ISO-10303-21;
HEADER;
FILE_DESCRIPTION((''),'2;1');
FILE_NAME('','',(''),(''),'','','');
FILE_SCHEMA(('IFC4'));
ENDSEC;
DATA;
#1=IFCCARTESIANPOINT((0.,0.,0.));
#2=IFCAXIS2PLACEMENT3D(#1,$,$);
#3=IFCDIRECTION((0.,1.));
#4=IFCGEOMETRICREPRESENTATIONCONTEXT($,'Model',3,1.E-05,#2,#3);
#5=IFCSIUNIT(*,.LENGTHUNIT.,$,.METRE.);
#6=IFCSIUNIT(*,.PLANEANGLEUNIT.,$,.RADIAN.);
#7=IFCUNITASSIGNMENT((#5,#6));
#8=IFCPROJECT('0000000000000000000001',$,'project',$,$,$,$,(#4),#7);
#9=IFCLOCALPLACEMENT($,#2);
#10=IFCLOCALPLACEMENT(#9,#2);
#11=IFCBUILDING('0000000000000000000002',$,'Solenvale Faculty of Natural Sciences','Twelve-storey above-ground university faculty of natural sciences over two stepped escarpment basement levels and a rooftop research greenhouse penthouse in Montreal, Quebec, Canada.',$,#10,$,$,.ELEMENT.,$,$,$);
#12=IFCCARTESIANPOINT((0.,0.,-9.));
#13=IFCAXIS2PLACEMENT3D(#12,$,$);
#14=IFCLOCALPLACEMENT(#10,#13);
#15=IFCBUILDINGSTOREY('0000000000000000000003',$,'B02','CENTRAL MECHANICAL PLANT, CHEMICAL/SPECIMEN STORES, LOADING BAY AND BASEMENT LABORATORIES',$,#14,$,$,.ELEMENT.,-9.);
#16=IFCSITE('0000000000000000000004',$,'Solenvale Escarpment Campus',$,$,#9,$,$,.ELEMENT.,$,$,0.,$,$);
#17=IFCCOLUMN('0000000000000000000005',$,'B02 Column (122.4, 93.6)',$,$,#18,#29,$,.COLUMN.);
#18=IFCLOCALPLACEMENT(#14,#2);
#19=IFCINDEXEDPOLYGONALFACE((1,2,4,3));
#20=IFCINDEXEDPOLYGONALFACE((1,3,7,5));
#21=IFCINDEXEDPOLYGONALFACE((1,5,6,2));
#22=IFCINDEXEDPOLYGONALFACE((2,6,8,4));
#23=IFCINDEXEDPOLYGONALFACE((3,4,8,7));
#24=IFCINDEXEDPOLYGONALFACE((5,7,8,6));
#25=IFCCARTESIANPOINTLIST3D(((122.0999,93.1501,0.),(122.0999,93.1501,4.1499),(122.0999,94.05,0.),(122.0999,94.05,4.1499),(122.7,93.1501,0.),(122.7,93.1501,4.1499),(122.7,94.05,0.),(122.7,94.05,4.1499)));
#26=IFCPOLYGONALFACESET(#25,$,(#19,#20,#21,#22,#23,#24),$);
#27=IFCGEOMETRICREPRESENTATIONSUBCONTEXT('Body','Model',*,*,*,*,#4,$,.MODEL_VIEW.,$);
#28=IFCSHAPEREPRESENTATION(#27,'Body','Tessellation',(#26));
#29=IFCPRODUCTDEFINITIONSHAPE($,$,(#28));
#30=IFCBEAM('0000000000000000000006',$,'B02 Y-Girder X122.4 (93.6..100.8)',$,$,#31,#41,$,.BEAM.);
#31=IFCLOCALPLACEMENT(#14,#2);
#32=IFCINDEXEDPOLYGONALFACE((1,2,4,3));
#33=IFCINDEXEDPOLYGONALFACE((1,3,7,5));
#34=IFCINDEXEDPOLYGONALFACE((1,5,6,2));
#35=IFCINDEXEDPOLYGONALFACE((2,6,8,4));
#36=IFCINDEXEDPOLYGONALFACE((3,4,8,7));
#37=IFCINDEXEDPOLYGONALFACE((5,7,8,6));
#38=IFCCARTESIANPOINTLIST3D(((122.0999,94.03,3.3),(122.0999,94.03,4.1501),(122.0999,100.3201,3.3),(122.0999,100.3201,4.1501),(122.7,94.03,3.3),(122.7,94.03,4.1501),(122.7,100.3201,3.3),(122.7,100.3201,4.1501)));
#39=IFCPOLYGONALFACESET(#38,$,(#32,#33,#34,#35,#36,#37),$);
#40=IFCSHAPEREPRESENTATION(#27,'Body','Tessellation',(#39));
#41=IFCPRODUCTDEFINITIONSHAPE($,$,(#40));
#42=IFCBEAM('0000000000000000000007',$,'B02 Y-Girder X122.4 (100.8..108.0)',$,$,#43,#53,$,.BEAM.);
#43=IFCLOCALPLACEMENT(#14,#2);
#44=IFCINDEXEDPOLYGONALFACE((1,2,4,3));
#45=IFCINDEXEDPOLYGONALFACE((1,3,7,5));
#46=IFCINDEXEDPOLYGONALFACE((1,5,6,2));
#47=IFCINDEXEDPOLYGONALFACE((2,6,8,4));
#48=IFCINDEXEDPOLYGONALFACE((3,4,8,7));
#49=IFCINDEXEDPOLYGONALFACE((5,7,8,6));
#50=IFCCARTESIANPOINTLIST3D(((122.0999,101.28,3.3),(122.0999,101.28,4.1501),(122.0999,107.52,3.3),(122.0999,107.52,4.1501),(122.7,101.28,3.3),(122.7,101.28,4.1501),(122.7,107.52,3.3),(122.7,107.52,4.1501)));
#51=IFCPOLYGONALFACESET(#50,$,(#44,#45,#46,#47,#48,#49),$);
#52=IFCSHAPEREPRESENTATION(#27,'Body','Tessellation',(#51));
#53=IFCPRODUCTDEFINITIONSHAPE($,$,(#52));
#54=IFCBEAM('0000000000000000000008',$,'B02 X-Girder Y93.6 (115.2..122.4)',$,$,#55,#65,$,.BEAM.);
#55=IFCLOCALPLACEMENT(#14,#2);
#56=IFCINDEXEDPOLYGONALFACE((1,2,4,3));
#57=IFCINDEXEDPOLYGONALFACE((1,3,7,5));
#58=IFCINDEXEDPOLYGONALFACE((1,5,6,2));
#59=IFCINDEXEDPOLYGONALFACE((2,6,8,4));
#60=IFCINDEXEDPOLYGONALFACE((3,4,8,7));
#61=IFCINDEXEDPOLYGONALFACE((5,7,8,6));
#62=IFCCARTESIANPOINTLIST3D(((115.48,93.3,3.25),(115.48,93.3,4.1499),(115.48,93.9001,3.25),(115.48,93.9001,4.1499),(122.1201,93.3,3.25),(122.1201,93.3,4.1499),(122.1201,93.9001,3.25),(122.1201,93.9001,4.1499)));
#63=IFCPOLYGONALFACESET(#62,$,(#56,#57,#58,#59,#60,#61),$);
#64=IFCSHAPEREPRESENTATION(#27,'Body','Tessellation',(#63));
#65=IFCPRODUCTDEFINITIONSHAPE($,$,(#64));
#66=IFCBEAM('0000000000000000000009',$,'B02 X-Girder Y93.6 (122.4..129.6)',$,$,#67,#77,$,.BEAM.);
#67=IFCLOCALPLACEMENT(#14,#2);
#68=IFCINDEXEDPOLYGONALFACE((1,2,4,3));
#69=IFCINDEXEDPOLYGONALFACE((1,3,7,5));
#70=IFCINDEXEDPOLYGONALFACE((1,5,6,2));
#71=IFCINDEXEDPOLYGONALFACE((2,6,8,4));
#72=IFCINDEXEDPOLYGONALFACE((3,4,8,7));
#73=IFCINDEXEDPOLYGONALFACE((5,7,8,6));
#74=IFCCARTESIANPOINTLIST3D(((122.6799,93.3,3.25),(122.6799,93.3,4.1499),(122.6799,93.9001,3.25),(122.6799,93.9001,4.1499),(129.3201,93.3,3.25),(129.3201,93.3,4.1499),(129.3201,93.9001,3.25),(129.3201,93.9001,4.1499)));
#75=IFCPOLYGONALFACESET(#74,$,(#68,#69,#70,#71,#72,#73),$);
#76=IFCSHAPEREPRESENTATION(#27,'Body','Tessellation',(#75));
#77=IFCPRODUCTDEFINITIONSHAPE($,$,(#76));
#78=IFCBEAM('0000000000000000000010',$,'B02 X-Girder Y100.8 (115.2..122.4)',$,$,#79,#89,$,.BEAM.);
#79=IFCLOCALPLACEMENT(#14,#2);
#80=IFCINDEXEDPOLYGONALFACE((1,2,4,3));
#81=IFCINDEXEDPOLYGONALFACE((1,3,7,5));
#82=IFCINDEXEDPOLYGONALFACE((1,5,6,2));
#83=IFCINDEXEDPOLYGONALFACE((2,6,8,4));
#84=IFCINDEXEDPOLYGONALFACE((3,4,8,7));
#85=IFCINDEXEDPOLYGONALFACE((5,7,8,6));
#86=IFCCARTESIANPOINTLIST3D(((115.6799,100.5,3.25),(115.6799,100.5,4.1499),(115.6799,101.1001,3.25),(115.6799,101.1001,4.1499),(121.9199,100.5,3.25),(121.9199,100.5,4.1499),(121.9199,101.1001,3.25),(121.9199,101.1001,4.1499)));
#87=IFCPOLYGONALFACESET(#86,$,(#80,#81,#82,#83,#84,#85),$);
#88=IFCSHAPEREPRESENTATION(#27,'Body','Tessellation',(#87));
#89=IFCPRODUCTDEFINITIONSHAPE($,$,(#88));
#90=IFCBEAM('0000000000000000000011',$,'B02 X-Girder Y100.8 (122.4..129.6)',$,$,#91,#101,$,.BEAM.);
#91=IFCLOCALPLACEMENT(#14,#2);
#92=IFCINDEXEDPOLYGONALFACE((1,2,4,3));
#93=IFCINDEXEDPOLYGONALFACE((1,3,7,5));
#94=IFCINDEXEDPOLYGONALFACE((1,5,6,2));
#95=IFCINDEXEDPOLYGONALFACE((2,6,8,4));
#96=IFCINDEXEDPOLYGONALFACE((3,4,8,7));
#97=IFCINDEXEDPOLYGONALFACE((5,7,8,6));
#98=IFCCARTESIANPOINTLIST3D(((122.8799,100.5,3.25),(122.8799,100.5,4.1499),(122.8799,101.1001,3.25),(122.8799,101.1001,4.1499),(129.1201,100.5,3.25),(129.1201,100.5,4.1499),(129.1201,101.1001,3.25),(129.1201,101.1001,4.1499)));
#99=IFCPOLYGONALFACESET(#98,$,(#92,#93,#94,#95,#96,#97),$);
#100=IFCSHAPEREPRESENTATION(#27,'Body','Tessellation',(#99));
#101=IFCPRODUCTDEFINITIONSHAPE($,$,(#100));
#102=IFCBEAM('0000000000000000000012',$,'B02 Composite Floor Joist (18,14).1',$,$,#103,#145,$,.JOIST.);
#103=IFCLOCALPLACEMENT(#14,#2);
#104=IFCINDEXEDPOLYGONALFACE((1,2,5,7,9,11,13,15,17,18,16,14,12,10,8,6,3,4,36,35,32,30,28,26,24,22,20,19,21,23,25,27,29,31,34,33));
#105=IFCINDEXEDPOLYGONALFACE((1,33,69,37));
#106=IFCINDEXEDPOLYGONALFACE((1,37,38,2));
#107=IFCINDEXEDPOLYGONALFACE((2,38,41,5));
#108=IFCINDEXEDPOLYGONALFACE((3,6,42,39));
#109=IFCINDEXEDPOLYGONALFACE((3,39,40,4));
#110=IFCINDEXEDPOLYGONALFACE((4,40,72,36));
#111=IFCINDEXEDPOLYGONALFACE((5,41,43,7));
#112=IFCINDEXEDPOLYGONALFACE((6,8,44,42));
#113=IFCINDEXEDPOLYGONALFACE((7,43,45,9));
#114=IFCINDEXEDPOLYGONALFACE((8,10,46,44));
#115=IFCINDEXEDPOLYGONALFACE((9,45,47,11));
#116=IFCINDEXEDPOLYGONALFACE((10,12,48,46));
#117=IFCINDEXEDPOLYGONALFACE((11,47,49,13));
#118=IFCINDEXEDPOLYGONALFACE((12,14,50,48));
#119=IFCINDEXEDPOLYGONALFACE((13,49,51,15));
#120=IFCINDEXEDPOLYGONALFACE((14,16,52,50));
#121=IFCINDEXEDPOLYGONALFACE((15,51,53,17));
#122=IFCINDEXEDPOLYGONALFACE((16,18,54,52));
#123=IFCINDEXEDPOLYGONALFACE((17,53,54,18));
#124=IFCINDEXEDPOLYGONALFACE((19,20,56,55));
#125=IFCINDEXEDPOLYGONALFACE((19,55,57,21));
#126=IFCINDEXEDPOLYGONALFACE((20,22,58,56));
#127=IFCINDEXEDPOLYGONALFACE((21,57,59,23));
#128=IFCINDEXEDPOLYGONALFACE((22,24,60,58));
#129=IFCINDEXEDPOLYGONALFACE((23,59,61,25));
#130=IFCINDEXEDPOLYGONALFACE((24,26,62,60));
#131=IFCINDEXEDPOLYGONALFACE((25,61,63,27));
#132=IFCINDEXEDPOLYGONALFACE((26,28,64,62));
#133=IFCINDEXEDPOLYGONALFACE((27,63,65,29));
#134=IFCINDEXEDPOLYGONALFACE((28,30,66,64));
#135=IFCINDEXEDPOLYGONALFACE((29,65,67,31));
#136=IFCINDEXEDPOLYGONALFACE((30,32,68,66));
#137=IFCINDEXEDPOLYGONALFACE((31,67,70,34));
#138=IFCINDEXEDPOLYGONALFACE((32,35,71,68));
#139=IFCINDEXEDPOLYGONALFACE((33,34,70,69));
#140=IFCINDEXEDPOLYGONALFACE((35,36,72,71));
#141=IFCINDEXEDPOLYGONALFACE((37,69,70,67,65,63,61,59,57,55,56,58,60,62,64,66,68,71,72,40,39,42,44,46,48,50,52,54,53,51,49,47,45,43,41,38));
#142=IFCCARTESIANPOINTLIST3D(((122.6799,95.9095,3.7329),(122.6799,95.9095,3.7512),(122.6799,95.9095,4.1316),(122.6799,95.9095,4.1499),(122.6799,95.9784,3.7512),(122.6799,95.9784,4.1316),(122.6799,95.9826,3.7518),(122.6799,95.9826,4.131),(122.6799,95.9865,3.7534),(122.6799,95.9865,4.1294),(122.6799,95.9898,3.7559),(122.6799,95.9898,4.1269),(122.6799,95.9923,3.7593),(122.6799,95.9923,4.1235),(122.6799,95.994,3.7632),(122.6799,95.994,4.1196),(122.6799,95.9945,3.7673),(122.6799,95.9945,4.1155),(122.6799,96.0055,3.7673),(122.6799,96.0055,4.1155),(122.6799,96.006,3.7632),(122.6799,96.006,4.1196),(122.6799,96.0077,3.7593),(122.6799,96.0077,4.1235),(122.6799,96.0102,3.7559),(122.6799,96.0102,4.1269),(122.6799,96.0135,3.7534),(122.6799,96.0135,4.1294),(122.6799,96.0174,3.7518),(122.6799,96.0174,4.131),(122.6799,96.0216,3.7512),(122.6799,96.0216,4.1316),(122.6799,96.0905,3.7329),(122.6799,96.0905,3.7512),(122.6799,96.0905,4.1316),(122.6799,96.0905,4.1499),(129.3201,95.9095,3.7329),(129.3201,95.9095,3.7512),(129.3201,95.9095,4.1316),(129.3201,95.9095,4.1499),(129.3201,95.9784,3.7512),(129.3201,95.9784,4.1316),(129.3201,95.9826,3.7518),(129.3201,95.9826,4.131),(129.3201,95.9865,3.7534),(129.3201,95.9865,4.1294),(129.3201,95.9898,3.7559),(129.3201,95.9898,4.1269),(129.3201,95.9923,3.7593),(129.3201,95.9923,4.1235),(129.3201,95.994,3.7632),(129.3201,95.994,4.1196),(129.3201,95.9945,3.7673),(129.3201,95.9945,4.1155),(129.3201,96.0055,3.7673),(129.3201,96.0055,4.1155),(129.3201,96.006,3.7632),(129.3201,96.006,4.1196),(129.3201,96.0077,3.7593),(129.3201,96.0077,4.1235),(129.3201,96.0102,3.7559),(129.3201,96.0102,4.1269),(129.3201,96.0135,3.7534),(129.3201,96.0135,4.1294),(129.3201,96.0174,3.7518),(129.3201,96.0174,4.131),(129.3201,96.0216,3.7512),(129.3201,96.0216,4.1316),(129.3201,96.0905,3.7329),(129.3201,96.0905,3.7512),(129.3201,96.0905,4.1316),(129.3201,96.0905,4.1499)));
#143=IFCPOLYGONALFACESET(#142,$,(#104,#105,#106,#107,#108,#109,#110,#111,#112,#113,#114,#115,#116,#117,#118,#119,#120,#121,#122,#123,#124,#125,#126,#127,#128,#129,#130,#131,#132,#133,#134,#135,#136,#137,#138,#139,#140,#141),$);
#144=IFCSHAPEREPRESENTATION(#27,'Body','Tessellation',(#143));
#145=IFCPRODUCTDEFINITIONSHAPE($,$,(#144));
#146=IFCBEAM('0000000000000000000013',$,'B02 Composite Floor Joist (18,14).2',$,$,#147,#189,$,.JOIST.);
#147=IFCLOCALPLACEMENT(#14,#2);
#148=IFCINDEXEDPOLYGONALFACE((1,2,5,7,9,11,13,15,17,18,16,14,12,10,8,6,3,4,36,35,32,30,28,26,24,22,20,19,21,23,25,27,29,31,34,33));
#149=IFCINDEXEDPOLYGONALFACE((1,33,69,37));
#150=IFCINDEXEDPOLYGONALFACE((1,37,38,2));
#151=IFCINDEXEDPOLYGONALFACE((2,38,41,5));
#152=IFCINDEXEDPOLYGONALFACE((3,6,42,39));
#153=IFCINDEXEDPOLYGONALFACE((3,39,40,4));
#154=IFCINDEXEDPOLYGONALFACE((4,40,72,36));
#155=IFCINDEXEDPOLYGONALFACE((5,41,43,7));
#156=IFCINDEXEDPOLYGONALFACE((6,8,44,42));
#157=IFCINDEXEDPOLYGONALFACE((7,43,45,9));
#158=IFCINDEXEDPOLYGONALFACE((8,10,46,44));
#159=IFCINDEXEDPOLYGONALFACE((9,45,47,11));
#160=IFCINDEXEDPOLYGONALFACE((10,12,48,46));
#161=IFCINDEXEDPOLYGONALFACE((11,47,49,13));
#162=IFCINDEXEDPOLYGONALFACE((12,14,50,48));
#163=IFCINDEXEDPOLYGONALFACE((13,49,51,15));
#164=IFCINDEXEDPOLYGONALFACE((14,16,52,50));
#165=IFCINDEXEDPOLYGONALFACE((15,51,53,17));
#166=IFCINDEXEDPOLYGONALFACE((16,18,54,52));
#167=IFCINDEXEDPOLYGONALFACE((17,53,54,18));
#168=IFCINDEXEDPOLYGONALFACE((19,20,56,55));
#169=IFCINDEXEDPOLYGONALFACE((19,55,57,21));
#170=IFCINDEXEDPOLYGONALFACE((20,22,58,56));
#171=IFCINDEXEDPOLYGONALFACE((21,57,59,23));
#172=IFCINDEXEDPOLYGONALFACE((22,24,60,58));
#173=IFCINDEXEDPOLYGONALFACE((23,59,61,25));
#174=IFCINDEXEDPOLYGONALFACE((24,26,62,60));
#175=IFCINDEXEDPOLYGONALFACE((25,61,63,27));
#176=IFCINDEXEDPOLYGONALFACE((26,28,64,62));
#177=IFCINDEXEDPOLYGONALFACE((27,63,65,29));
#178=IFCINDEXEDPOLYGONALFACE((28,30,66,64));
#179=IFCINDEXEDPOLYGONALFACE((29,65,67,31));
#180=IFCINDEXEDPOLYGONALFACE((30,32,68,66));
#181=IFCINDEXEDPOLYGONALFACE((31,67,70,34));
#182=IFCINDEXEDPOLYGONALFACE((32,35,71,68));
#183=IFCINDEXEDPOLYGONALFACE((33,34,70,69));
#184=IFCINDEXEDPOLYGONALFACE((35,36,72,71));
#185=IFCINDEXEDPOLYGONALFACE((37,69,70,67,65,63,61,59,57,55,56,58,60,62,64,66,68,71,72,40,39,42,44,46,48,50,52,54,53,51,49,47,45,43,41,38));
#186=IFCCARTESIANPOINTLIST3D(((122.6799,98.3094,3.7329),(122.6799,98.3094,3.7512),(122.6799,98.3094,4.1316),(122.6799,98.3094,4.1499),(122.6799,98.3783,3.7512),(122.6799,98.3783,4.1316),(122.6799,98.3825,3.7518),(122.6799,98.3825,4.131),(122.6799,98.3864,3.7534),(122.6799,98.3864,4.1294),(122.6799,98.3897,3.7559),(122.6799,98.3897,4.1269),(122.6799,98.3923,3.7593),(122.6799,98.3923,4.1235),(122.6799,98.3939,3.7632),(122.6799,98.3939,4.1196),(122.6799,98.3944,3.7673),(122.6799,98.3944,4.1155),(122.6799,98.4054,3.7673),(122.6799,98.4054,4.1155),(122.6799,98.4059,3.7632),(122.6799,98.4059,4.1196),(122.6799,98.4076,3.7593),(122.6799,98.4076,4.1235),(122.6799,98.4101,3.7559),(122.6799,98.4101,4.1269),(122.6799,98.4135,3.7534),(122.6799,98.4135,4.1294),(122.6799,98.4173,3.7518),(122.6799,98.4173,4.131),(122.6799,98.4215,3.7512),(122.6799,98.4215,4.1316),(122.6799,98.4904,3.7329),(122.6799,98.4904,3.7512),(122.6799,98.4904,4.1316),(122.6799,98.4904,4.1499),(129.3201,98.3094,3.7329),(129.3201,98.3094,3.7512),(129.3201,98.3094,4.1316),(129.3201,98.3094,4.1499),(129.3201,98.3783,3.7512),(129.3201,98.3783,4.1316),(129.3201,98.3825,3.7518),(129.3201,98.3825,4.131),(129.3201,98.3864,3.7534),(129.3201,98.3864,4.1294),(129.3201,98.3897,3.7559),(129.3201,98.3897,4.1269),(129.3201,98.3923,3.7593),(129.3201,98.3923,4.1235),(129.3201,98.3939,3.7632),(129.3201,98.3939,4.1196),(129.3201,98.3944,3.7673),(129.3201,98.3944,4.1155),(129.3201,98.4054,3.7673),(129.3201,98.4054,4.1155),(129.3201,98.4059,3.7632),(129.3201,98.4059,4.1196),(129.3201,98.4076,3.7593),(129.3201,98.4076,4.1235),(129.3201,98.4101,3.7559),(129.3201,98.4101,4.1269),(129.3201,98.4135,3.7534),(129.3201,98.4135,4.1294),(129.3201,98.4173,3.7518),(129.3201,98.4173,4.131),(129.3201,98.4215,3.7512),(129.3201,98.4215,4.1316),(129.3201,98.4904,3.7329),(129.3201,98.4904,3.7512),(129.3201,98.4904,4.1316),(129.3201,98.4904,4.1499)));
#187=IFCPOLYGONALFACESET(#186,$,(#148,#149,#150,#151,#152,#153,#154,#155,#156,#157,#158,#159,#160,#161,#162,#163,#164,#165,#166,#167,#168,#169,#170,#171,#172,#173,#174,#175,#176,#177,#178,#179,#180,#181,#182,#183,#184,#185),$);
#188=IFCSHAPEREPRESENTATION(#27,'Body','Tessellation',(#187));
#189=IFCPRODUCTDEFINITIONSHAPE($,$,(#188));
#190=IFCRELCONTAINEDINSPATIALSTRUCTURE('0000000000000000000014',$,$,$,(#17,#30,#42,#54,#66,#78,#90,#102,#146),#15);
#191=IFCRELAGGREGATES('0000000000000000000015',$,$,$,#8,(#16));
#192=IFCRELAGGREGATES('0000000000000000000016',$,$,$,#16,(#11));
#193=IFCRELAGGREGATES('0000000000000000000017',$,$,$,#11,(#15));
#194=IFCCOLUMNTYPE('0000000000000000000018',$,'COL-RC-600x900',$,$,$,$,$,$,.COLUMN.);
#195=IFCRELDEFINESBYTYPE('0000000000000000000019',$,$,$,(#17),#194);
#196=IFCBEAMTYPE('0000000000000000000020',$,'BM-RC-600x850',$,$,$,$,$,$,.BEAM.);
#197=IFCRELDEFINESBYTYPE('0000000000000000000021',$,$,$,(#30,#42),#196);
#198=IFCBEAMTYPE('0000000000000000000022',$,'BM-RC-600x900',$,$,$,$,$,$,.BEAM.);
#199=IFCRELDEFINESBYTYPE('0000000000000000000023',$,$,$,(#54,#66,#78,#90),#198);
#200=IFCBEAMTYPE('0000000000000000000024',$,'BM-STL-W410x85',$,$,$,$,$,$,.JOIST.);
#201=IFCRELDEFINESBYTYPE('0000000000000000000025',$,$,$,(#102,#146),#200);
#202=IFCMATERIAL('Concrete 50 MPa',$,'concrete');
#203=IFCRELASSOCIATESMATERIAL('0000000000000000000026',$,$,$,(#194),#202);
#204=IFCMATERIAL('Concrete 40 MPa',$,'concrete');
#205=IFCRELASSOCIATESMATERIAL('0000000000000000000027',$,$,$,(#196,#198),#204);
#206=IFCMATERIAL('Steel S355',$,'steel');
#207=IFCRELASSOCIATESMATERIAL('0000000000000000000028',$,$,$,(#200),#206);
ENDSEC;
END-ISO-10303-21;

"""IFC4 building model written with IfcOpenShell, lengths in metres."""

from ifc_helpers import new_model, si_unit, direction, frame, origin, origin_2d, place, context, subcontext, project, spatial, rectangle, i_section, extrude, material, material_profile, profile_set, type_object, element, save


model = new_model("IFC4")

# Units and contexts
model_context = context("Model", 3, precision=1e-05, world=origin(), true_north=direction((0.0, 1.0)))
body_context = subcontext(model_context, "Body", "Model", "MODEL_VIEW")
ifc_project = project(units=[si_unit("LENGTHUNIT", "METRE"), si_unit("PLANEANGLEUNIT", "RADIAN")], contexts=[model_context])

# Site, building, storey
site_placement = place(None, origin())
site = spatial("IfcSite", under=ifc_project, at=site_placement, Name="Solenvale Escarpment Campus", CompositionType="ELEMENT", RefElevation=0.0)
building_placement = place(site_placement, origin())
building = spatial("IfcBuilding", under=site, at=building_placement, Name="Solenvale Faculty of Natural Sciences", Description="Twelve-storey above-ground university faculty of natural sciences over two stepped escarpment basement levels and a rooftop research greenhouse penthouse in Montreal, Quebec, Canada.", CompositionType="ELEMENT")
storey_placement = place(building_placement, frame((0.0, 0.0, -9.0)))
storey = spatial("IfcBuildingStorey", under=building, at=storey_placement, Name="B02", Description="CENTRAL MECHANICAL PLANT, CHEMICAL/SPECIMEN STORES, LOADING BAY AND BASEMENT LABORATORIES", CompositionType="ELEMENT", Elevation=-9.0)

# Shared definitions
ifc_material_1 = material(Name="Concrete 40 MPa", Category="concrete")

# Column
ifc_material_2 = material(Name="Concrete 50 MPa", Category="concrete")
ifc_material_profile_1 = material_profile(ifc_material_2, rectangle(XDim=0.6001, YDim=0.8999, at=origin_2d()), Name="RC-COL-600x900")
ifc_profile_set_1 = profile_set([ifc_material_profile_1], Name="Concrete 50 MPa")
column_type_1 = type_object("IfcColumnType", Name="COL-RC-600x900", PredefinedType="COLUMN", material=ifc_profile_set_1)
column_1_placement = place(storey_placement, frame((122.3999, 93.6001, 0.0), z_axis=(0.0, 0.0, 1.0), x_axis=(1.0, 0.0, 0.0)))
element("IfcColumn", 1, at=column_1_placement, inside=storey, type_object=column_type_1, Name="B02 Column (122.4, 93.6)", PredefinedType="COLUMN", context=body_context, shape_type="SweptSolid", body=[
    extrude(rectangle(XDim=0.6001, YDim=0.8999, at=origin_2d()), origin(), (0.0, 0.0, 1.0), 4.1499),
])

# Beams
ifc_material_profile_2 = material_profile(ifc_material_1, rectangle(XDim=0.6001, YDim=0.8501, at=origin_2d()), Name="RC-BM-600x850")
ifc_profile_set_2 = profile_set([ifc_material_profile_2], Name="Concrete 40 MPa")
beam_type_1 = type_object("IfcBeamType", Name="BM-RC-600x850", PredefinedType="BEAM", material=ifc_profile_set_2)
beam_1_placement = place(storey_placement, frame((122.3999, 94.03, 3.7251), z_axis=(0.0, 1.0, 0.0), x_axis=(-1.0, 0.0, 0.0)))
element("IfcBeam", 2, at=beam_1_placement, inside=storey, type_object=beam_type_1, Name="B02 Y-Girder X122.4 (93.6..100.8)", PredefinedType="BEAM", context=body_context, shape_type="SweptSolid", body=[
    extrude(rectangle(XDim=0.6001, YDim=0.8501, at=origin_2d()), origin(), (0.0, 0.0, 1.0), 6.29),
])
beam_2_placement = place(storey_placement, frame((122.3999, 101.28, 3.7251), z_axis=(0.0, 1.0, 0.0), x_axis=(-1.0, 0.0, 0.0)))
element("IfcBeam", 3, at=beam_2_placement, inside=storey, type_object=beam_type_1, Name="B02 Y-Girder X122.4 (100.8..108.0)", PredefinedType="BEAM", context=body_context, shape_type="SweptSolid", body=[
    extrude(rectangle(XDim=0.6001, YDim=0.8501, at=origin_2d()), origin(), (0.0, 0.0, 1.0), 6.24),
])
ifc_material_profile_3 = material_profile(ifc_material_1, rectangle(XDim=0.6001, YDim=0.8999, at=origin_2d()), Name="RC-BM-600x900")
ifc_profile_set_3 = profile_set([ifc_material_profile_3], Name="Concrete 40 MPa")
beam_type_2 = type_object("IfcBeamType", Name="BM-RC-600x900", PredefinedType="BEAM", material=ifc_profile_set_3)
for number, where, z_axis, x_axis, name in (
    (4, (115.48, 93.6001, 3.7), (1.0, 0.0, 0.0), (0.0, 1.0, 0.0), "B02 X-Girder Y93.6 (115.2..122.4)"),
    (5, (122.6799, 93.6001, 3.7), (1.0, 0.0, 0.0), (0.0, 1.0, 0.0), "B02 X-Girder Y93.6 (122.4..129.6)"),
):
    element("IfcBeam", number, at=place(storey_placement, frame(where, z_axis=z_axis, x_axis=x_axis)), inside=storey, type_object=beam_type_2, Name=name, PredefinedType="BEAM", context=body_context, shape_type="SweptSolid", body=[
        extrude(rectangle(XDim=0.6001, YDim=0.8999, at=origin_2d()), origin(), (0.0, 0.0, 1.0), 6.6401),
    ])
beam_3_placement = place(storey_placement, frame((115.6799, 100.8, 3.7), z_axis=(1.0, 0.0, 0.0), x_axis=(0.0, 1.0, 0.0)))
element("IfcBeam", 6, at=beam_3_placement, inside=storey, type_object=beam_type_2, Name="B02 X-Girder Y100.8 (115.2..122.4)", PredefinedType="BEAM", context=body_context, shape_type="SweptSolid", body=[
    extrude(rectangle(XDim=0.6001, YDim=0.8999, at=origin_2d()), origin(), (0.0, 0.0, 1.0), 6.24),
])
beam_4_placement = place(storey_placement, frame((122.8799, 100.8, 3.7), z_axis=(1.0, 0.0, 0.0), x_axis=(0.0, 1.0, 0.0)))
element("IfcBeam", 7, at=beam_4_placement, inside=storey, type_object=beam_type_2, Name="B02 X-Girder Y100.8 (122.4..129.6)", PredefinedType="BEAM", context=body_context, shape_type="SweptSolid", body=[
    extrude(rectangle(XDim=0.6001, YDim=0.8999, at=origin_2d()), origin(), (0.0, 0.0, 1.0), 6.2402),
])
ifc_material_3 = material(Name="Steel S355", Category="steel")
ifc_material_profile_4 = material_profile(ifc_material_3, i_section(OverallWidth=0.1809, OverallDepth=0.417, WebThickness=0.011, FlangeThickness=0.0183, FilletRadius=0.0161, at=origin_2d()), Name="W410x85")
ifc_profile_set_4 = profile_set([ifc_material_profile_4], Name="Steel S355")
beam_type_3 = type_object("IfcBeamType", Name="BM-STL-W410x85", PredefinedType="JOIST", material=ifc_profile_set_4)
for number, where, z_axis, x_axis, name in (
    (8, (122.6799, 96.0, 3.9414), (1.0, 0.0, 0.0), (0.0, 1.0, 0.0), "B02 Composite Floor Joist (18,14).1"),
    (9, (122.6799, 98.3999, 3.9414), (1.0, 0.0, 0.0), (0.0, 1.0, 0.0), "B02 Composite Floor Joist (18,14).2"),
):
    element("IfcBeam", number, at=place(storey_placement, frame(where, z_axis=z_axis, x_axis=x_axis)), inside=storey, type_object=beam_type_3, Name=name, PredefinedType="JOIST", context=body_context, shape_type="SweptSolid", body=[
        extrude(i_section(OverallWidth=0.1809, OverallDepth=0.417, WebThickness=0.011, FlangeThickness=0.0183, FilletRadius=0.0161, at=origin_2d()), origin(), (0.0, 0.0, 1.0), 6.6401),
    ])

save(model, "model.ifc")
